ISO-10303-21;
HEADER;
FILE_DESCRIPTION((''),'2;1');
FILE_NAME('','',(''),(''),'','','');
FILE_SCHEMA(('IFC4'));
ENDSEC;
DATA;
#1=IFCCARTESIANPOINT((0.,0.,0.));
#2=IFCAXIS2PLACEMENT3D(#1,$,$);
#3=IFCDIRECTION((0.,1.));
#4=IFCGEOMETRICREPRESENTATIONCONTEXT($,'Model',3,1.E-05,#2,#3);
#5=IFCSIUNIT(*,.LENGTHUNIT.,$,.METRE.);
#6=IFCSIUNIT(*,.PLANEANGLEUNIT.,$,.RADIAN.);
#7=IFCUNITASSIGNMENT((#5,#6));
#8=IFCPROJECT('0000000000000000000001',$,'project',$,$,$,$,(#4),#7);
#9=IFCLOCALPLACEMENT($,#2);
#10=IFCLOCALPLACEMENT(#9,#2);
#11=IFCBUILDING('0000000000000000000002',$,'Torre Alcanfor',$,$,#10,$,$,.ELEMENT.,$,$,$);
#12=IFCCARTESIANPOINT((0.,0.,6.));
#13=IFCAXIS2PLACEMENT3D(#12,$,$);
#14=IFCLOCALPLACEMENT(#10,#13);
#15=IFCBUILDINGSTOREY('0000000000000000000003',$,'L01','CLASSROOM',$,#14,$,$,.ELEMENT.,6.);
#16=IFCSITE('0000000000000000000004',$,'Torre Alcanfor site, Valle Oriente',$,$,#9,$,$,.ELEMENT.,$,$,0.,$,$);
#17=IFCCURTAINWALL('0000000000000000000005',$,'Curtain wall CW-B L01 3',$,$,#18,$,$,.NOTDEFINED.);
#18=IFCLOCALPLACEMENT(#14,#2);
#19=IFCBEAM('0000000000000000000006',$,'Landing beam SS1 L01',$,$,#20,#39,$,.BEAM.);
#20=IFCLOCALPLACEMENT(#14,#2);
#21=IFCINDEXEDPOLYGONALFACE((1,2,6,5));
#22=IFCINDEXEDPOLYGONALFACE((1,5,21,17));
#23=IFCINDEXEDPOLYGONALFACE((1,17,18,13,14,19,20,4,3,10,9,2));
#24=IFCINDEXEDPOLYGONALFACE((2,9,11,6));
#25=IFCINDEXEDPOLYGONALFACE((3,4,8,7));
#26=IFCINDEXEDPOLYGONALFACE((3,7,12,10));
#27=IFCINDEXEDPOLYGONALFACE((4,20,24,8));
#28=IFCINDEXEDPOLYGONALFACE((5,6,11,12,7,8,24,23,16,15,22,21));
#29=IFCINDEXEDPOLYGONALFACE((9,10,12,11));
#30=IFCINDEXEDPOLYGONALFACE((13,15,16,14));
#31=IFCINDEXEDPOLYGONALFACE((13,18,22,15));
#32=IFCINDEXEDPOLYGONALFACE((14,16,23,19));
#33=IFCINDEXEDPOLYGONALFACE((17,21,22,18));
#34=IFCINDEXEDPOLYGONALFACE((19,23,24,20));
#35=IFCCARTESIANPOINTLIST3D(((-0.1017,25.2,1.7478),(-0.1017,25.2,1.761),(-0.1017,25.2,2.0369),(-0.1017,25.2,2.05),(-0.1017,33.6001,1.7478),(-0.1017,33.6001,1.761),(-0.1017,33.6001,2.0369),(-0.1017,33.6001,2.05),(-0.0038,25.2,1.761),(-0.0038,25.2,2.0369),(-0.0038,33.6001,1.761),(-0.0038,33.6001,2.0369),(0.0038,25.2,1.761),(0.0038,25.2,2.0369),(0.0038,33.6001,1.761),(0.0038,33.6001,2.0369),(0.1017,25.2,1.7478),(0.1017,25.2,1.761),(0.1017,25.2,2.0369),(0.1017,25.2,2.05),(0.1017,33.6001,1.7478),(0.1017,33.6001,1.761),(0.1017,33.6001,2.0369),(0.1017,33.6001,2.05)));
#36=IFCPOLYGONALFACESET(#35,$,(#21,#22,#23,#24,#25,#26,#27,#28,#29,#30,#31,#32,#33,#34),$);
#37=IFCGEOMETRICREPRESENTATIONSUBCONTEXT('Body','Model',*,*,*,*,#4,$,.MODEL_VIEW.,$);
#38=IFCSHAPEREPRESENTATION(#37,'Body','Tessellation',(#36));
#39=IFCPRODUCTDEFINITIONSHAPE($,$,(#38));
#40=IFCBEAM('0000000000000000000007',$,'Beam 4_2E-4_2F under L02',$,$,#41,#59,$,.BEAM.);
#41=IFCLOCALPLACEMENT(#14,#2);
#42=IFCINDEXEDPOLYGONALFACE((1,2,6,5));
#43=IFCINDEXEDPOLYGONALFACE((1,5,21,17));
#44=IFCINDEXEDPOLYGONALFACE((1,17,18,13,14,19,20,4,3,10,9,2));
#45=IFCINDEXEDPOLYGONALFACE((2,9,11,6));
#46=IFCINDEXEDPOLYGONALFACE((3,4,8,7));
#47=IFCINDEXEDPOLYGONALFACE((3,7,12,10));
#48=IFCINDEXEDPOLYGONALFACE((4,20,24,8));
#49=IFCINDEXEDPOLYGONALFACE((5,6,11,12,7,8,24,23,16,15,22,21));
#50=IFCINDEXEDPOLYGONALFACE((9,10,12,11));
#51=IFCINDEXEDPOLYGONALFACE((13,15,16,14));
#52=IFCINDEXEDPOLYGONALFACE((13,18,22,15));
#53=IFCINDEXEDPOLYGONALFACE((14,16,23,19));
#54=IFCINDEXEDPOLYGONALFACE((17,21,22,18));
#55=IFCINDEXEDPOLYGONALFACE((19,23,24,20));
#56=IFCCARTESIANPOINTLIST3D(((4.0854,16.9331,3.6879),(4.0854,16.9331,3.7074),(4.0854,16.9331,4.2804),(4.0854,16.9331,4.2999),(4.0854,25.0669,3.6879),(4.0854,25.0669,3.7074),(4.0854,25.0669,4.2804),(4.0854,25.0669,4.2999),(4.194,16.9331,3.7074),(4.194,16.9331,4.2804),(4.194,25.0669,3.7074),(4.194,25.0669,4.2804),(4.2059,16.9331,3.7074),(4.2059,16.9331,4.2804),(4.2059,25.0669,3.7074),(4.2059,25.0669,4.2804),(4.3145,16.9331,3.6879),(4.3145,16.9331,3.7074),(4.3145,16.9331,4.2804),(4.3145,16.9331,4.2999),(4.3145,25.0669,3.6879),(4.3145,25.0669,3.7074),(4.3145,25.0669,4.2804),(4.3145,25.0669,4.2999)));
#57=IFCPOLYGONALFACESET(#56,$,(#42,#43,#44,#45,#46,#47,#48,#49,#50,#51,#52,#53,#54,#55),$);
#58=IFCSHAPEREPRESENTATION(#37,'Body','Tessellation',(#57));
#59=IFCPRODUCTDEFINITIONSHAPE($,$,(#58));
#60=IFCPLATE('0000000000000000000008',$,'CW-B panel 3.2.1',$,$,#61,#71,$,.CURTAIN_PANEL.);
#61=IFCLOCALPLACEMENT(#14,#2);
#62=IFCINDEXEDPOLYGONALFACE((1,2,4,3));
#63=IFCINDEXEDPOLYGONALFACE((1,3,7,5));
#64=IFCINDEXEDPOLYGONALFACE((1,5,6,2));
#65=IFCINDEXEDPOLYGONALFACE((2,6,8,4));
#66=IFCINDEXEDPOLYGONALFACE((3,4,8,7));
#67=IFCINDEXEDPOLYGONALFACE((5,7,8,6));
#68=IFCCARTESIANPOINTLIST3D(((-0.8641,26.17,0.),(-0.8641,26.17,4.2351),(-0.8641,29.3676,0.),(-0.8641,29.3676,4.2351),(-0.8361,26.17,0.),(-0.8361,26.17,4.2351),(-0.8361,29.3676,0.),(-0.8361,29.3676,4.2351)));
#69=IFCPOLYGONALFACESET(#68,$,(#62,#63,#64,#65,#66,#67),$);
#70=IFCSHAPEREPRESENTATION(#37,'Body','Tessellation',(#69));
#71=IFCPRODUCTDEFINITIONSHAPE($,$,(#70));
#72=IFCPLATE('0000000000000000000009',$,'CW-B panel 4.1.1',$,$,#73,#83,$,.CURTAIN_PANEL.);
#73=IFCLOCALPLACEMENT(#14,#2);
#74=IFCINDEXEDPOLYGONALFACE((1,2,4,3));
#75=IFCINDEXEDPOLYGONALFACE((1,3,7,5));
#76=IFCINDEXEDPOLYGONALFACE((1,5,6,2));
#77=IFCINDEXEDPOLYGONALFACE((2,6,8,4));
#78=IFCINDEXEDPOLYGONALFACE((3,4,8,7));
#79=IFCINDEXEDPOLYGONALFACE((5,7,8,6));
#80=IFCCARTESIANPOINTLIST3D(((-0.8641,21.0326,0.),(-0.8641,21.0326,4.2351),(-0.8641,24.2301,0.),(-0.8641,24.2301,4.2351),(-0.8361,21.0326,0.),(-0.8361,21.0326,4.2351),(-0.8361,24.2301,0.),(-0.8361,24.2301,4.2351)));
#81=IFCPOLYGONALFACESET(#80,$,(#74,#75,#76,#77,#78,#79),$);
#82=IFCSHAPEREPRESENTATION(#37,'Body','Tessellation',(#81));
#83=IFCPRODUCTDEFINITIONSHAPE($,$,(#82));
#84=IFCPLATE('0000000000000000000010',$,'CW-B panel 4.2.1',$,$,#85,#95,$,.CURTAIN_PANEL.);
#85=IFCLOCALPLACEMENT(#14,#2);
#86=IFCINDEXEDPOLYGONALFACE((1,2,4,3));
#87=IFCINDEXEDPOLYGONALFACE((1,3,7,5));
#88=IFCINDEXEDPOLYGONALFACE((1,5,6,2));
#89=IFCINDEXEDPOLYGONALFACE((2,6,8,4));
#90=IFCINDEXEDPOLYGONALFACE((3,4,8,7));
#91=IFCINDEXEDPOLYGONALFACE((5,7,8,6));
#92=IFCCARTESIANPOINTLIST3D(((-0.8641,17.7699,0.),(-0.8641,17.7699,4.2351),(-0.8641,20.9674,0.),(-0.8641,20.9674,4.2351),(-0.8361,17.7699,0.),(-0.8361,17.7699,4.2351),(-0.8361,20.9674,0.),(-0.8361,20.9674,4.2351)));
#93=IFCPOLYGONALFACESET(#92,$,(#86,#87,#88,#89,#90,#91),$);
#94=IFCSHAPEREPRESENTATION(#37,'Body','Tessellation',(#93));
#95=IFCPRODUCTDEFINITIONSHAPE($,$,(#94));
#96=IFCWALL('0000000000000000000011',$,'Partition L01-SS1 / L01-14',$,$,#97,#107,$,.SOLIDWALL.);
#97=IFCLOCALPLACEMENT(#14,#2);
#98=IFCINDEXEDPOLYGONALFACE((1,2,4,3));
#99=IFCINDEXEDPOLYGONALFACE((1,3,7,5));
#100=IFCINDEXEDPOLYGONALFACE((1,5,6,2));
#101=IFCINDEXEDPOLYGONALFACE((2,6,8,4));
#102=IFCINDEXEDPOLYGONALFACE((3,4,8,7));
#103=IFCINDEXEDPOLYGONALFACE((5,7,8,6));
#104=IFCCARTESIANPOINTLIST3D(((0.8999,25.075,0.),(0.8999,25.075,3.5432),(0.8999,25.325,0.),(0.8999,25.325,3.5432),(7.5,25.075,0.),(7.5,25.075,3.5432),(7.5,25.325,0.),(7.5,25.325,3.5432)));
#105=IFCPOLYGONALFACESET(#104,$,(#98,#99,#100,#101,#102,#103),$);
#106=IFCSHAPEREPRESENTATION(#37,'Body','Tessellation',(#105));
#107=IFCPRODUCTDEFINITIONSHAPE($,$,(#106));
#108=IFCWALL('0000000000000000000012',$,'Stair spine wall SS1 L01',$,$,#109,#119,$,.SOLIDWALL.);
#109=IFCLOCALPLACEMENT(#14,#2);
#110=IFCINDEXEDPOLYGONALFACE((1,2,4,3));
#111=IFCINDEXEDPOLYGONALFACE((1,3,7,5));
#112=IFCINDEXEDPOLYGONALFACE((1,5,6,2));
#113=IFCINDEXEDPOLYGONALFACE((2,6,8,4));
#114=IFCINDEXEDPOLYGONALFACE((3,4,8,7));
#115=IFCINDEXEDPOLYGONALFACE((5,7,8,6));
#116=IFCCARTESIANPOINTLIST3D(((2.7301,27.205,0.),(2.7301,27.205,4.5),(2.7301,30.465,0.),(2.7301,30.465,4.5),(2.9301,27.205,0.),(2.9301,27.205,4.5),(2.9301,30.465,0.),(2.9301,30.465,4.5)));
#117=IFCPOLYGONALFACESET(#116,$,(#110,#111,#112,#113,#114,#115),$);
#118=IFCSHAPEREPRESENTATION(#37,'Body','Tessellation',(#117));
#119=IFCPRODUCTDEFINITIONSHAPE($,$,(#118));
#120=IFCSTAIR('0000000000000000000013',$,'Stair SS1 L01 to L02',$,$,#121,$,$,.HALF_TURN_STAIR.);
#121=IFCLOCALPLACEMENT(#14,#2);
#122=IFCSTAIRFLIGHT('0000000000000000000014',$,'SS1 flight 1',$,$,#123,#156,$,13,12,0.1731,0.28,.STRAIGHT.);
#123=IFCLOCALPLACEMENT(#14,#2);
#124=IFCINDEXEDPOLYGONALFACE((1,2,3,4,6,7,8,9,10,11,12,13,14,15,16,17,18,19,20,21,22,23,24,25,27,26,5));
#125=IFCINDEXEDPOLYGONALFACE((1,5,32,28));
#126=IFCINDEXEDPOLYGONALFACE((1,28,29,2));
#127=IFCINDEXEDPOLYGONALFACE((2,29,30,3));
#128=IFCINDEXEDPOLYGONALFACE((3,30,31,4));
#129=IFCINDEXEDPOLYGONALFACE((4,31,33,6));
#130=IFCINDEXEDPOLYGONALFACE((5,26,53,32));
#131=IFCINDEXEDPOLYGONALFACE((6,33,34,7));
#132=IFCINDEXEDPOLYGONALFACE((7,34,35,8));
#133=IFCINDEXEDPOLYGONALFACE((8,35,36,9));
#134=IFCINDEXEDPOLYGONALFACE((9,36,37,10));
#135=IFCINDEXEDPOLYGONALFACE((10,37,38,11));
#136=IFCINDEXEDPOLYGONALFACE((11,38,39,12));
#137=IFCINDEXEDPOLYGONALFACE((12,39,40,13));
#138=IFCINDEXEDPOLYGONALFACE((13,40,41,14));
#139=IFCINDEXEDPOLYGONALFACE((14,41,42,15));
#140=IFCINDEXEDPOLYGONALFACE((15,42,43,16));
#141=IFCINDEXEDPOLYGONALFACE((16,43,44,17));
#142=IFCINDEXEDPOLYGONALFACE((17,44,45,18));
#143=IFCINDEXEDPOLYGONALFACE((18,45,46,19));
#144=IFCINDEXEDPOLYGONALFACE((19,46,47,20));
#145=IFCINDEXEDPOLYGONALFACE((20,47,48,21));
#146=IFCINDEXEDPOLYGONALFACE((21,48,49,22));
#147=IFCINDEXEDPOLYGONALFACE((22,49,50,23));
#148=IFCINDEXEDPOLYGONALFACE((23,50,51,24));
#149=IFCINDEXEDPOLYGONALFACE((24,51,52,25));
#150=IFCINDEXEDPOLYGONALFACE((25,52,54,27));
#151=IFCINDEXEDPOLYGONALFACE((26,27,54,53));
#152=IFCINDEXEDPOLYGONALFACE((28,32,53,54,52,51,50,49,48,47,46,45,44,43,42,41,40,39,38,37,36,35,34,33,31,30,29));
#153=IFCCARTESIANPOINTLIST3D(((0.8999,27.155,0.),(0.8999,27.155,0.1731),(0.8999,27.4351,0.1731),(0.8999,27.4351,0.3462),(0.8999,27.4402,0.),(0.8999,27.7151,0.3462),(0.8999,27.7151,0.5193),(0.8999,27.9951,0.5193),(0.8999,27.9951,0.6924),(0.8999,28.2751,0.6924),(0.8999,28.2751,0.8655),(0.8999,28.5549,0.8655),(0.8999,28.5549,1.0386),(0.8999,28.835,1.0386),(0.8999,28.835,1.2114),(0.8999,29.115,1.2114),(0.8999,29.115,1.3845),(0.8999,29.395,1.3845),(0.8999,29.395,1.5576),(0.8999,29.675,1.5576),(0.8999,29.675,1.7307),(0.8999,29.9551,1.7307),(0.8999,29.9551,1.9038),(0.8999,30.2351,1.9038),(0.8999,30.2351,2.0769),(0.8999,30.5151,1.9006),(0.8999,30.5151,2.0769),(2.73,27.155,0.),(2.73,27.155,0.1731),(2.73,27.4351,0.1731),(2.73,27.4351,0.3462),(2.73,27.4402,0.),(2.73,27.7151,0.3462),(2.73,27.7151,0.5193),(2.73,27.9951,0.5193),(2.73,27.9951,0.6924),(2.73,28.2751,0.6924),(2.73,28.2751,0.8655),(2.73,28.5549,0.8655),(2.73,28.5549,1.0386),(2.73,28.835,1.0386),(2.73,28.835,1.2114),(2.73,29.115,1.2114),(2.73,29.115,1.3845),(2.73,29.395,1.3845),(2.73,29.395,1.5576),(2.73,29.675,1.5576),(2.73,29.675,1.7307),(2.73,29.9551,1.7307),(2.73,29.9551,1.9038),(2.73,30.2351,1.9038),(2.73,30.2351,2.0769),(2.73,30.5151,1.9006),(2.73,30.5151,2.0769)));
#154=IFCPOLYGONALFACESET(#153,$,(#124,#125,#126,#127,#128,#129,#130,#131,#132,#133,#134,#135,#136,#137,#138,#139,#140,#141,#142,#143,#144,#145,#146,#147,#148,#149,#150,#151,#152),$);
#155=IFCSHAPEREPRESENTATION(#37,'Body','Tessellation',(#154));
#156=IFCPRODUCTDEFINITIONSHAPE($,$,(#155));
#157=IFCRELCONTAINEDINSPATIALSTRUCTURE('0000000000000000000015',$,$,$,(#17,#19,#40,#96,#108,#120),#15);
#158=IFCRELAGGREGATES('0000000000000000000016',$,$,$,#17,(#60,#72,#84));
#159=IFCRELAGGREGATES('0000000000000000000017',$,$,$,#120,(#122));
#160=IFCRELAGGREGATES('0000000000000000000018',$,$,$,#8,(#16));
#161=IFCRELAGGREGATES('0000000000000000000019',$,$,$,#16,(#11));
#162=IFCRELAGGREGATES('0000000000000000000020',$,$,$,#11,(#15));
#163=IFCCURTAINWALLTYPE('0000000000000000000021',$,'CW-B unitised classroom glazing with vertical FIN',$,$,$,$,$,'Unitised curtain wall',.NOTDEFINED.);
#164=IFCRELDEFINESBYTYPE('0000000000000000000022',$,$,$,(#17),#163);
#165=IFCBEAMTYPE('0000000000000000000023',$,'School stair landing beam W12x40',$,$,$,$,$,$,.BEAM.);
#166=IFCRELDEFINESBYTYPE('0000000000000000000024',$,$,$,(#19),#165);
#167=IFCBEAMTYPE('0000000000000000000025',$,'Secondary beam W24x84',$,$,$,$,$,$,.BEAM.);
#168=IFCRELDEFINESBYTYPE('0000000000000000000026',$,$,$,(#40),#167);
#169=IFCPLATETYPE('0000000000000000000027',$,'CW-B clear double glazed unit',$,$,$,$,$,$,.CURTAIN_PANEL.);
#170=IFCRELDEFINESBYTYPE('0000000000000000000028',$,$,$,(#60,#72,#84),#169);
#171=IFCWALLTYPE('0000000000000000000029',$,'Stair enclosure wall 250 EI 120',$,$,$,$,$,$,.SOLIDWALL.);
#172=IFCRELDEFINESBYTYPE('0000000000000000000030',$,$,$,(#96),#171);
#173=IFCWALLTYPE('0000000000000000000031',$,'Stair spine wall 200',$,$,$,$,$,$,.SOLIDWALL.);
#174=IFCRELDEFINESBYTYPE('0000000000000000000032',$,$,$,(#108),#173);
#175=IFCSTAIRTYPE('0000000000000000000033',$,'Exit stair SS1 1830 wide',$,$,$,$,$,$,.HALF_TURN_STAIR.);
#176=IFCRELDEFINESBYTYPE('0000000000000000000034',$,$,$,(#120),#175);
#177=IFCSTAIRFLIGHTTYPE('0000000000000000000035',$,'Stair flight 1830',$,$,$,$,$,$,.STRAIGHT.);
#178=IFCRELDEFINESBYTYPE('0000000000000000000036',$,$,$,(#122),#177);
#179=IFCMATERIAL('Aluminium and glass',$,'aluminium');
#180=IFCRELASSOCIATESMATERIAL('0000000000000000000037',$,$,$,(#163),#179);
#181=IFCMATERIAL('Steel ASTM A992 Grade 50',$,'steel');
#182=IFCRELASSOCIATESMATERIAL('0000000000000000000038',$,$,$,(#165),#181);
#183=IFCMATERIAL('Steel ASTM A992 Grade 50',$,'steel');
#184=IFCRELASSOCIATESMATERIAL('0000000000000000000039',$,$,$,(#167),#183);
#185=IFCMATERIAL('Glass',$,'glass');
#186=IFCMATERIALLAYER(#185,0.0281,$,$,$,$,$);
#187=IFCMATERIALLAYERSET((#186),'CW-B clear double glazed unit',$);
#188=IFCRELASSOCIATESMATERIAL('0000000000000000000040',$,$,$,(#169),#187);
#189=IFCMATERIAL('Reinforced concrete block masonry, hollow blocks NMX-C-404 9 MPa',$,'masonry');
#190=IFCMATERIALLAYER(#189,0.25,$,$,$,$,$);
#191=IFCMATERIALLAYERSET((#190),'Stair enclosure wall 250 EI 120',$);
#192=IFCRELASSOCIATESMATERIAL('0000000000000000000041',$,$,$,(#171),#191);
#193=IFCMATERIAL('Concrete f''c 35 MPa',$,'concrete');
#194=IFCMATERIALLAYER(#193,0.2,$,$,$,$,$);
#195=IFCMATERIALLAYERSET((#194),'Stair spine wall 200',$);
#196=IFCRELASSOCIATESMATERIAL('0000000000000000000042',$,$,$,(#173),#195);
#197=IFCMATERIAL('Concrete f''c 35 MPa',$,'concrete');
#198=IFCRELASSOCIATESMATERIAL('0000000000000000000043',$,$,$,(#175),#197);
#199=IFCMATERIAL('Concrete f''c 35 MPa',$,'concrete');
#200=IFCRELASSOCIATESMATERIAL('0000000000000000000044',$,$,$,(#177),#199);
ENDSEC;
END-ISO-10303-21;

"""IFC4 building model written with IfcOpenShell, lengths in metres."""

from ifc_helpers import new_model, si_unit, direction, frame, frame_2d, origin, origin_2d, place, context, subcontext, project, spatial, polyline, rectangle, i_section, outline, extrude, material, layer, layer_set, material_profile, profile_set, type_object, element, aggregate, save


model = new_model("IFC4")

# Units and contexts
model_context = context("Model", 3, precision=1e-05, world=origin(), true_north=direction((0.0, 1.0)))
body_context = subcontext(model_context, "Body", "Model", "MODEL_VIEW")
ifc_project = project(units=[si_unit("LENGTHUNIT", "METRE"), si_unit("PLANEANGLEUNIT", "RADIAN")], contexts=[model_context])

# Site, building, storey
site_placement = place(None, origin())
site = spatial("IfcSite", under=ifc_project, at=site_placement, Name="Torre Alcanfor site, Valle Oriente", CompositionType="ELEMENT", RefElevation=0.0)
building_placement = place(site_placement, origin())
building = spatial("IfcBuilding", under=site, at=building_placement, Name="Torre Alcanfor", CompositionType="ELEMENT")
storey_placement = place(building_placement, frame((0.0, 0.0, 6.0)))
storey = spatial("IfcBuildingStorey", under=building, at=storey_placement, Name="L01", Description="CLASSROOM", CompositionType="ELEMENT", Elevation=6.0)

# Curtain wall
ifc_material_1 = material(Name="Aluminium and glass", Category="aluminium")
curtain_wall_type = type_object("IfcCurtainWallType", Name="CW-B unitised classroom glazing with vertical FIN", ElementType="Unitised curtain wall", PredefinedType="NOTDEFINED", material=ifc_material_1)
curtain_wall_placement = place(storey_placement, origin())
curtain_wall = element("IfcCurtainWall", 1, at=curtain_wall_placement, inside=storey, type_object=curtain_wall_type, Name="Curtain wall CW-B L01 3", PredefinedType="NOTDEFINED")

# Beams
ifc_material_2 = material(Name="Steel ASTM A992 Grade 50", Category="steel")
ifc_material_profile_1 = material_profile(ifc_material_2, i_section(OverallWidth=0.2034, OverallDepth=0.3022, WebThickness=0.0076, FlangeThickness=0.0132, at=origin_2d()), Name="W12x40")
ifc_profile_set_1 = profile_set([ifc_material_profile_1], Name="Steel ASTM A992 Grade 50")
beam_type_1 = type_object("IfcBeamType", Name="School stair landing beam W12x40", PredefinedType="BEAM", material=ifc_profile_set_1)
beam_1_placement = place(storey_placement, frame((0.0, 25.2, 1.8989), z_axis=(0.0, 1.0, 0.0), x_axis=(-1.0, 0.0, 0.0)))
element("IfcBeam", 2, at=beam_1_placement, inside=storey, type_object=beam_type_1, Name="Landing beam SS1 L01", PredefinedType="BEAM", context=body_context, shape_type="SweptSolid", body=[
    extrude(i_section(OverallWidth=0.2034, OverallDepth=0.3022, WebThickness=0.0076, FlangeThickness=0.0132, at=origin_2d()), origin(), (0.0, 0.0, 1.0), 8.4001),
])
ifc_material_3 = material(Name="Steel ASTM A992 Grade 50", Category="steel")
ifc_material_profile_2 = material_profile(ifc_material_3, i_section(OverallWidth=0.229, OverallDepth=0.6121, WebThickness=0.012, FlangeThickness=0.0195, at=origin_2d()), Name="W24x84")
ifc_profile_set_2 = profile_set([ifc_material_profile_2], Name="Steel ASTM A992 Grade 50")
beam_type_2 = type_object("IfcBeamType", Name="Secondary beam W24x84", PredefinedType="BEAM", material=ifc_profile_set_2)
beam_2_placement = place(storey_placement, frame((4.2, 16.9331, 3.9939), z_axis=(0.0, 1.0, 0.0), x_axis=(-1.0, 0.0, 0.0)))
element("IfcBeam", 3, at=beam_2_placement, inside=storey, type_object=beam_type_2, Name="Beam 4_2E-4_2F under L02", PredefinedType="BEAM", context=body_context, shape_type="SweptSolid", body=[
    extrude(i_section(OverallWidth=0.229, OverallDepth=0.6121, WebThickness=0.012, FlangeThickness=0.0195, at=origin_2d()), origin(), (0.0, 0.0, 1.0), 8.1338),
])

# Plates
ifc_material_4 = material(Name="Glass", Category="glass")
ifc_layer_1 = layer(ifc_material_4, 0.0281)
ifc_layer_set_1 = layer_set([ifc_layer_1], Name="CW-B clear double glazed unit")
plate_type = type_object("IfcPlateType", Name="CW-B clear double glazed unit", PredefinedType="CURTAIN_PANEL", material=ifc_layer_set_1)
plate_1_placement = place(storey_placement, frame((-0.8501, 27.7688, 0.0), z_axis=(0.0, 0.0, 1.0), x_axis=(0.0, -1.0, 0.0)))
plate_1 = element("IfcPlate", 4, at=plate_1_placement, type_object=plate_type, Name="CW-B panel 3.2.1", PredefinedType="CURTAIN_PANEL", context=body_context, shape_type="SweptSolid", body=[
    extrude(rectangle(XDim=3.1975, YDim=0.0281, at=origin_2d()), origin(), (0.0, 0.0, 1.0), 4.2351),
])
plate_2_placement = place(storey_placement, frame((-0.8501, 22.6313, 0.0), z_axis=(0.0, 0.0, 1.0), x_axis=(0.0, -1.0, 0.0)))
plate_2 = element("IfcPlate", 5, at=plate_2_placement, type_object=plate_type, Name="CW-B panel 4.1.1", PredefinedType="CURTAIN_PANEL", context=body_context, shape_type="SweptSolid", body=[
    extrude(rectangle(XDim=3.1975, YDim=0.0281, at=origin_2d()), origin(), (0.0, 0.0, 1.0), 4.2351),
])
plate_3_placement = place(storey_placement, frame((-0.8501, 19.3687, 0.0), z_axis=(0.0, 0.0, 1.0), x_axis=(0.0, -1.0, 0.0)))
plate_3 = element("IfcPlate", 6, at=plate_3_placement, type_object=plate_type, Name="CW-B panel 4.2.1", PredefinedType="CURTAIN_PANEL", context=body_context, shape_type="SweptSolid", body=[
    extrude(rectangle(XDim=3.1975, YDim=0.0281, at=origin_2d()), origin(), (0.0, 0.0, 1.0), 4.2351),
])
aggregate(curtain_wall, [plate_1, plate_2, plate_3])

# Walls
ifc_material_5 = material(Name="Reinforced concrete block masonry, hollow blocks NMX-C-404 9 MPa", Category="masonry")
ifc_layer_2 = layer(ifc_material_5, 0.25)
ifc_layer_set_2 = layer_set([ifc_layer_2], Name="Stair enclosure wall 250 EI 120")
wall_type_1 = type_object("IfcWallType", Name="Stair enclosure wall 250 EI 120", PredefinedType="SOLIDWALL", material=ifc_layer_set_2)
wall_1_placement = place(storey_placement, frame((7.5, 25.2, 0.0), z_axis=(0.0, 0.0, 1.0), x_axis=(-1.0, 0.0, 0.0)))
element("IfcWall", 7, at=wall_1_placement, inside=storey, type_object=wall_type_1, Name="Partition L01-SS1 / L01-14", PredefinedType="SOLIDWALL", context=body_context, shape_type="SweptSolid", body=[
    extrude(rectangle(XDim=6.6001, YDim=0.25, at=frame_2d((3.3, 0.0))), origin(), (0.0, 0.0, 1.0), 3.5432),
])
ifc_material_6 = material(Name="Concrete f'c 35 MPa", Category="concrete")
ifc_layer_3 = layer(ifc_material_6, 0.2)
ifc_layer_set_3 = layer_set([ifc_layer_3], Name="Stair spine wall 200")
wall_type_2 = type_object("IfcWallType", Name="Stair spine wall 200", PredefinedType="SOLIDWALL", material=ifc_layer_set_3)
wall_2_placement = place(storey_placement, frame((2.8301, 27.2051, 0.0), z_axis=(0.0, 0.0, 1.0), x_axis=(0.0, 1.0, 0.0)))
element("IfcWall", 8, at=wall_2_placement, inside=storey, type_object=wall_type_2, Name="Stair spine wall SS1 L01", PredefinedType="SOLIDWALL", context=body_context, shape_type="SweptSolid", body=[
    extrude(rectangle(XDim=3.26, YDim=0.2, at=frame_2d((1.6299, 0.0))), origin(), (0.0, 0.0, 1.0), 4.5),
])

# Stair, stair flight
ifc_material_7 = material(Name="Concrete f'c 35 MPa", Category="concrete")
stair_type = type_object("IfcStairType", Name="Exit stair SS1 1830 wide", PredefinedType="HALF_TURN_STAIR", material=ifc_material_7)
stair_placement = place(storey_placement, origin())
stair = element("IfcStair", 9, at=stair_placement, inside=storey, type_object=stair_type, Name="Stair SS1 L01 to L02", PredefinedType="HALF_TURN_STAIR")
ifc_material_8 = material(Name="Concrete f'c 35 MPa", Category="concrete")
stair_flight_type = type_object("IfcStairFlightType", Name="Stair flight 1830", PredefinedType="STRAIGHT", material=ifc_material_8)
stair_flight_placement = place(storey_placement, frame((1.8149, 27.155, 0.0), z_axis=(0.0, 0.0, 1.0), x_axis=(0.0, 1.0, 0.0)))
stair_flight = element("IfcStairFlight", 10, at=stair_flight_placement, type_object=stair_flight_type, Name="SS1 flight 1", NumberOfRisers=13, NumberOfTreads=12, PredefinedType="STRAIGHT", RiserHeight=0.1731, TreadLength=0.28, context=body_context, shape_type="SweptSolid", body=[
    extrude(outline(polyline([(0.0, 0.0), (0.0, 0.1731), (0.28, 0.1731), (0.28, 0.3462), (0.5601, 0.3462), (0.5601, 0.5193), (0.8401, 0.5193), (0.8401, 0.6924), (1.1201, 0.6924), (1.1201, 0.8655), (1.3999, 0.8655), (1.3999, 1.0386), (1.6799, 1.0386), (1.6799, 1.2114), (1.96, 1.2114), (1.96, 1.3845), (2.24, 1.3845), (2.24, 1.5576), (2.52, 1.5576), (2.52, 1.7307), (2.8, 1.7307), (2.8, 1.9038), (3.0801, 1.9038), (3.0801, 2.0769), (3.3601, 2.0769), (3.3601, 2.25), (3.3601, 1.9006), (0.2852, 0.0), (0.0, 0.0)])), frame((0.0, 0.915, 0.0), z_axis=(0.0, -1.0, 0.0), x_axis=(1.0, 0.0, 0.0)), (0.0, 0.0, 1.0), 1.8301),
])
aggregate(stair, [stair_flight])

save(model, "model.ifc")
